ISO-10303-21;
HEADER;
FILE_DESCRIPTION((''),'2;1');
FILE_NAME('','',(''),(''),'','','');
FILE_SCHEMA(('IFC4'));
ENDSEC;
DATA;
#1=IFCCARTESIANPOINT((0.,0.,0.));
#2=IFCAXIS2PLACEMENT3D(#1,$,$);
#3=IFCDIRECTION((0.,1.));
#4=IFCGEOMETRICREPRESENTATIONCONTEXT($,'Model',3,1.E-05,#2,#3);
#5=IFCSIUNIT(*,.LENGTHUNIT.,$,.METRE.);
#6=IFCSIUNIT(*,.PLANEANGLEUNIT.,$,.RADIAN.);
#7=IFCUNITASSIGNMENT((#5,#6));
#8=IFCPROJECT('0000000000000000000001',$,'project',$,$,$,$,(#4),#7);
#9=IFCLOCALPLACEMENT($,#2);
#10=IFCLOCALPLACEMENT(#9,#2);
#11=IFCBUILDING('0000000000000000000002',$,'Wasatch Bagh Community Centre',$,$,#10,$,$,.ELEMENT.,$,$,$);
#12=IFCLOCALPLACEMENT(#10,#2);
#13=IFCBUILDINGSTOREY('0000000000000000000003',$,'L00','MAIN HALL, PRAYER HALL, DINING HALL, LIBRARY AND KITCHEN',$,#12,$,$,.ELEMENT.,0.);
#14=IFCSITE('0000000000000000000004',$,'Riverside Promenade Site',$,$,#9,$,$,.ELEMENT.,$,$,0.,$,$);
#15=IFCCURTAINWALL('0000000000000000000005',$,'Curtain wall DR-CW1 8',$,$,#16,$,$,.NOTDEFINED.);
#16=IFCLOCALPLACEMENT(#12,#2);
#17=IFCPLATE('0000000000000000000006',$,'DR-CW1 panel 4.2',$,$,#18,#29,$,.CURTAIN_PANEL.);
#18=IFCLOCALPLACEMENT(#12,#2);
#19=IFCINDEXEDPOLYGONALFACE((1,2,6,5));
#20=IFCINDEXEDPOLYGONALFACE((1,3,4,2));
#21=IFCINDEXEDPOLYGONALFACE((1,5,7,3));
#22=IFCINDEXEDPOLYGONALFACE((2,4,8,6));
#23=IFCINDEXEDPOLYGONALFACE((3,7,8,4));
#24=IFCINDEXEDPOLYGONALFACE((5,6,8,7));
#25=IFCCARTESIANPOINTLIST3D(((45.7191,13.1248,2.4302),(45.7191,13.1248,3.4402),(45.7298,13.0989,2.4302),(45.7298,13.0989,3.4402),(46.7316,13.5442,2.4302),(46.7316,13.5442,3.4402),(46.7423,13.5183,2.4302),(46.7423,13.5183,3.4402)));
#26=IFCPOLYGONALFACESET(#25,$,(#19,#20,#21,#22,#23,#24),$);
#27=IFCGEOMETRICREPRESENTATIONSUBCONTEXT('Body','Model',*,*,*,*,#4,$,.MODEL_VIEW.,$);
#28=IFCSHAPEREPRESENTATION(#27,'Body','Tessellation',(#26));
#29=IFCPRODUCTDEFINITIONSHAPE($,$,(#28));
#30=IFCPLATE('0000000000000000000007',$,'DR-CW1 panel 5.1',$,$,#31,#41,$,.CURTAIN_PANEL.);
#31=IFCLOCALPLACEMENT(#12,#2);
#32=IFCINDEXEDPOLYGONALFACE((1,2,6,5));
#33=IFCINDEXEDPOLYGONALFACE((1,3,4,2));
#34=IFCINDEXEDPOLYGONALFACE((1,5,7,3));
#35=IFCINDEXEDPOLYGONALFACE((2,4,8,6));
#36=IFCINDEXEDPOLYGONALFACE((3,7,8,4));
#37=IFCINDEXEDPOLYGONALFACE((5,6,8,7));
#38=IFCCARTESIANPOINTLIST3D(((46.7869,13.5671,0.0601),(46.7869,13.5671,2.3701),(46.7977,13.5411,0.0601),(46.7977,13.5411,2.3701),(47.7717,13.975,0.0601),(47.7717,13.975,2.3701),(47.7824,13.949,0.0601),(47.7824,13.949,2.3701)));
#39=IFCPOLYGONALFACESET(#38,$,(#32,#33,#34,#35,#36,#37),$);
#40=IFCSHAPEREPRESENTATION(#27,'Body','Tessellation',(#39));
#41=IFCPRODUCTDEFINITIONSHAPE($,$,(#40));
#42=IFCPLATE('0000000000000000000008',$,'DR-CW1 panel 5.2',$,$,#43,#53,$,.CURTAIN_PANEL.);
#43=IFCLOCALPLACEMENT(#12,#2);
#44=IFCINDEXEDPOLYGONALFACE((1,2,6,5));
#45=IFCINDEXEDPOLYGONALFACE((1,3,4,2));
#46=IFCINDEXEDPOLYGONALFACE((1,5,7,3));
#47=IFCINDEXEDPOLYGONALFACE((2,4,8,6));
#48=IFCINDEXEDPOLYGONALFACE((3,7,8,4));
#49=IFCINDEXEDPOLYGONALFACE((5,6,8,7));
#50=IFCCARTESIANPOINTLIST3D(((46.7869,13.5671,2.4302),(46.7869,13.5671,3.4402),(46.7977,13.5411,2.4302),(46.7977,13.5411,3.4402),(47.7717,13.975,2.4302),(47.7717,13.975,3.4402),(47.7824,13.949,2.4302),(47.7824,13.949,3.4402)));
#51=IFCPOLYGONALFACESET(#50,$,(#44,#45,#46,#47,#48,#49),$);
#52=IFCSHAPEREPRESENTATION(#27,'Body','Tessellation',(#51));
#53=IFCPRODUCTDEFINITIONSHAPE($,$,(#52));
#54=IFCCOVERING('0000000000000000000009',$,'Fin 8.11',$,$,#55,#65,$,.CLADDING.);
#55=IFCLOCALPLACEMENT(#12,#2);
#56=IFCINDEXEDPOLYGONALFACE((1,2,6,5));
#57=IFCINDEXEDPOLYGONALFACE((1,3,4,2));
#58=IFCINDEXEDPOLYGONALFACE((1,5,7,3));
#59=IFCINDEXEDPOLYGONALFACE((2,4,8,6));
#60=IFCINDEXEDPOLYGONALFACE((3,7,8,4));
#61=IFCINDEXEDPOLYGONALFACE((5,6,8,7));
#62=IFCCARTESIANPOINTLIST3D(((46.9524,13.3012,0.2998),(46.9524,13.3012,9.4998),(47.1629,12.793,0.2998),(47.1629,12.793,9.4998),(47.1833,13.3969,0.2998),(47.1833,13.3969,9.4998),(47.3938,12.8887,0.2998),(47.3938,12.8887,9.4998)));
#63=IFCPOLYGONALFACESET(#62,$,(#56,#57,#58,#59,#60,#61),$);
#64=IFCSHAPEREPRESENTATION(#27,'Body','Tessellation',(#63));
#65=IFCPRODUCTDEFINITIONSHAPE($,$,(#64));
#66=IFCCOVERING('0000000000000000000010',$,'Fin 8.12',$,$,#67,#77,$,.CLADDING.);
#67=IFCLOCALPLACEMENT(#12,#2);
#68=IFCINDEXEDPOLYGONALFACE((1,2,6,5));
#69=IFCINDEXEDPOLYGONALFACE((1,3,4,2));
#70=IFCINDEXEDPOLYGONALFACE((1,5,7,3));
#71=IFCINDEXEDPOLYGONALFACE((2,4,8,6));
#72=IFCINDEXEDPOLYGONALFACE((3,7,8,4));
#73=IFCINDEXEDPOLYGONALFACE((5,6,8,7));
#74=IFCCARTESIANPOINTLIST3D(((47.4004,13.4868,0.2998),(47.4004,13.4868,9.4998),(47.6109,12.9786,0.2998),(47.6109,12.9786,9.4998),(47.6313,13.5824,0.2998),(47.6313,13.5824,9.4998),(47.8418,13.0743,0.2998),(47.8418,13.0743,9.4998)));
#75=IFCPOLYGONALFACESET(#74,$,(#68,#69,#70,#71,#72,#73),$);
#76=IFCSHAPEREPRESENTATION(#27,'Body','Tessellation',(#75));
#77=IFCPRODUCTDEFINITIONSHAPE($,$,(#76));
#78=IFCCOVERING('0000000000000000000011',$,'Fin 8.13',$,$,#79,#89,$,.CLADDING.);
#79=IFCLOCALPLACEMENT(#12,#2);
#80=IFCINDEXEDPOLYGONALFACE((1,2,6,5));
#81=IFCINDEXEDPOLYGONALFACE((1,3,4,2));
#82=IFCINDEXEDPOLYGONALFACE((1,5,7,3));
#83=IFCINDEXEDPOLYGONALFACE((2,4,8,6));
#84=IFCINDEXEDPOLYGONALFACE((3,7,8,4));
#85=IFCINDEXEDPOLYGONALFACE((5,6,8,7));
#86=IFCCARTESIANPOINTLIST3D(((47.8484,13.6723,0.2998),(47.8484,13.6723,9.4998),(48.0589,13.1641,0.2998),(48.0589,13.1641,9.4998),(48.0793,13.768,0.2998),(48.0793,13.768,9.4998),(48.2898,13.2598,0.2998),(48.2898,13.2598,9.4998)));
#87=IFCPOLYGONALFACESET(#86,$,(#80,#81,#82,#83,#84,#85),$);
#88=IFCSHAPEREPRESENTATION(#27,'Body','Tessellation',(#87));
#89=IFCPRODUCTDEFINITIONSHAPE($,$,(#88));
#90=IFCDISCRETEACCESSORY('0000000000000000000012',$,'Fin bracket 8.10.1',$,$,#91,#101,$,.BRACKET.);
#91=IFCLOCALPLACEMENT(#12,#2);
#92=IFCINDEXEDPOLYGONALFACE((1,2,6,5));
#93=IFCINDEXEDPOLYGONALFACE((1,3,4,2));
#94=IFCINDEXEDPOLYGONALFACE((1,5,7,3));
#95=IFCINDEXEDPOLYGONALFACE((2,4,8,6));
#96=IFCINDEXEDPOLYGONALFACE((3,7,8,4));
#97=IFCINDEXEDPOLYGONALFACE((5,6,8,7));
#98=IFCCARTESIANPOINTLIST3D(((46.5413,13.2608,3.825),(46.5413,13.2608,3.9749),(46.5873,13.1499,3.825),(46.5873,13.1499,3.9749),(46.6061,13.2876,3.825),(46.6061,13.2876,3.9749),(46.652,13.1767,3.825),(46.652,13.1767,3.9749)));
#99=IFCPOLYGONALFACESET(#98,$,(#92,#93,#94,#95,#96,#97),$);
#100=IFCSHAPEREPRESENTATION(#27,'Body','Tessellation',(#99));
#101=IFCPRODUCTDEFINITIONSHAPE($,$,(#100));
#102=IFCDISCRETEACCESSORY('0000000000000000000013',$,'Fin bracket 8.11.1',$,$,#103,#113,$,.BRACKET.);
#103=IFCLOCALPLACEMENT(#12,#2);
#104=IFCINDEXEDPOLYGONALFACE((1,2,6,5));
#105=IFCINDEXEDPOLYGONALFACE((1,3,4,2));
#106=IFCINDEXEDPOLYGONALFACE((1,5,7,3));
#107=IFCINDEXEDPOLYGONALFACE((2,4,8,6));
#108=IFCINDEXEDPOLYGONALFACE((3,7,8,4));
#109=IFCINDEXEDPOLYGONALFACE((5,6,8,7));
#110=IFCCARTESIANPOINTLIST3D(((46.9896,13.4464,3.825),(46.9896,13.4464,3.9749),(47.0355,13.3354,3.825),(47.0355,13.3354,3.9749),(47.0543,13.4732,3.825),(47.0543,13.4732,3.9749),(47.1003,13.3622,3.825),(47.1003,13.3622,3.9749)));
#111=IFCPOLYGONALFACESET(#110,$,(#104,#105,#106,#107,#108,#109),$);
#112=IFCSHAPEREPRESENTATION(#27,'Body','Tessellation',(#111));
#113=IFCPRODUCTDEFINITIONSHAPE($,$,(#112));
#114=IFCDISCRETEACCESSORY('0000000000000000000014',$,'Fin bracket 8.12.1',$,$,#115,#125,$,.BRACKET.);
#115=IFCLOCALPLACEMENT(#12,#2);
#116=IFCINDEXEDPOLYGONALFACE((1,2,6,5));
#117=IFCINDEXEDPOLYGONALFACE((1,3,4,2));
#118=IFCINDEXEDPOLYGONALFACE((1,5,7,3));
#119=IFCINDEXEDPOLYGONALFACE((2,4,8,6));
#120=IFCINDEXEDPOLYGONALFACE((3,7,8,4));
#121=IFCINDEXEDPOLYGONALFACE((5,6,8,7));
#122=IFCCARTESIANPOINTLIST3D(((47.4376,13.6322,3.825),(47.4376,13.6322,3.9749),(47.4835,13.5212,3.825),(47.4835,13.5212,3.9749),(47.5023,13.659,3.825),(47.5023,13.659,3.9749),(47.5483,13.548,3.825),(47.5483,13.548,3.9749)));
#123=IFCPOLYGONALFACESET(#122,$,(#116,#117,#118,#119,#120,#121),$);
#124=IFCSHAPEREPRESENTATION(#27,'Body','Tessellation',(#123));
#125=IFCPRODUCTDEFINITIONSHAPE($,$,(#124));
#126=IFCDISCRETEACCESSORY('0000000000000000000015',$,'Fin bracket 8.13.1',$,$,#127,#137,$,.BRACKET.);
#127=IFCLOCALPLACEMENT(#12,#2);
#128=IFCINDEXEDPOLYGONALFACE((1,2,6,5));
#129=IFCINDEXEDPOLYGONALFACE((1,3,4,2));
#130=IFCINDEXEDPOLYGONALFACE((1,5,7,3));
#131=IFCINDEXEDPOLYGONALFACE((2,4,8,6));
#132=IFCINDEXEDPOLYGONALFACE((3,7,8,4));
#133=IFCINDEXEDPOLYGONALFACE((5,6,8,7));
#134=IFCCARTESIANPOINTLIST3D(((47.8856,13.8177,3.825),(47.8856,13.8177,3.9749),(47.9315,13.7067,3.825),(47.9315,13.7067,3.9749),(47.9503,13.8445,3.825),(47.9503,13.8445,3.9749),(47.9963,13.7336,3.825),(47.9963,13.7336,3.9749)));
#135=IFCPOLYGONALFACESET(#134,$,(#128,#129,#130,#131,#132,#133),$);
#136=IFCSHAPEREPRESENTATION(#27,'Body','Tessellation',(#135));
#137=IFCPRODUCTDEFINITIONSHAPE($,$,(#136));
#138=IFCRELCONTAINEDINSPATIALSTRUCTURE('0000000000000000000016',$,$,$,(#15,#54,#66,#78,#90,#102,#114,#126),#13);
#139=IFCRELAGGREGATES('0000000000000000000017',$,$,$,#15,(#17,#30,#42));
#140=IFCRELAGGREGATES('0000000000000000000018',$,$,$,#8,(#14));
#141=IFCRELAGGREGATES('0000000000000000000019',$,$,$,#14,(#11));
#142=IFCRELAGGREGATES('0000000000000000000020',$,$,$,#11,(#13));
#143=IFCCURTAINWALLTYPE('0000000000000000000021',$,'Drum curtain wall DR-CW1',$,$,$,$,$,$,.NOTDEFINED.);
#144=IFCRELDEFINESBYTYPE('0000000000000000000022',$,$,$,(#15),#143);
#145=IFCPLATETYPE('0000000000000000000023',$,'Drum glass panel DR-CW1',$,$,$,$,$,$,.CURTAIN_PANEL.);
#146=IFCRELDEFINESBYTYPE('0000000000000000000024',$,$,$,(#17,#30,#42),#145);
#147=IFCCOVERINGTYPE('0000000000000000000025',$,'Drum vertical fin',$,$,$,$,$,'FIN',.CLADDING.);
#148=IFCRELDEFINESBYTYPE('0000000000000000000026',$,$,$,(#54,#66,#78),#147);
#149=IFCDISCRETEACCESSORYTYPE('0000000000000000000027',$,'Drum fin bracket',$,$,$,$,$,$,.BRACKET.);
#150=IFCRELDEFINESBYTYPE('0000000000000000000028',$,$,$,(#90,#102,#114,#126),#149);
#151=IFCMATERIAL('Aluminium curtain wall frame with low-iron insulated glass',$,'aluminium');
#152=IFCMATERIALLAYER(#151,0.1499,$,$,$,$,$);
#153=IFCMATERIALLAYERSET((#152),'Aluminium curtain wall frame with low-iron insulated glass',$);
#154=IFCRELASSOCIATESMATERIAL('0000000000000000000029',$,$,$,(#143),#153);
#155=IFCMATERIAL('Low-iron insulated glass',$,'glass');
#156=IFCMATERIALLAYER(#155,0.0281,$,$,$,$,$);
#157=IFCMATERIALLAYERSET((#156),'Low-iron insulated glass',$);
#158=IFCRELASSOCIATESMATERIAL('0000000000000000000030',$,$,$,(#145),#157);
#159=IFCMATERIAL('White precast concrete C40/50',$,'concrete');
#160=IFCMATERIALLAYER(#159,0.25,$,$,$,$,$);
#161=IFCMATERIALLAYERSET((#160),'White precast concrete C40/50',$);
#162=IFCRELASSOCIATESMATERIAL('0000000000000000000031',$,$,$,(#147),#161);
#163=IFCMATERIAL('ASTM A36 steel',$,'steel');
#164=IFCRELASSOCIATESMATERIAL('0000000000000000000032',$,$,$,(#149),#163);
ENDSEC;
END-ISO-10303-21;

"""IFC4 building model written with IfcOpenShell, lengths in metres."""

from ifc_helpers import new_model, si_unit, direction, frame, origin, origin_2d, place, context, subcontext, project, spatial, rectangle, extrude, material, layer, layer_set, type_object, element, aggregate, save


model = new_model("IFC4")

# Units and contexts
model_context = context("Model", 3, precision=1e-05, world=origin(), true_north=direction((0.0, 1.0)))
body_context = subcontext(model_context, "Body", "Model", "MODEL_VIEW")
ifc_project = project(units=[si_unit("LENGTHUNIT", "METRE"), si_unit("PLANEANGLEUNIT", "RADIAN")], contexts=[model_context])

# Site, building, storey
site_placement = place(None, origin())
site = spatial("IfcSite", under=ifc_project, at=site_placement, Name="Riverside Promenade Site", CompositionType="ELEMENT", RefElevation=0.0)
building_placement = place(site_placement, origin())
building = spatial("IfcBuilding", under=site, at=building_placement, Name="Wasatch Bagh Community Centre", CompositionType="ELEMENT")
storey_placement = place(building_placement, origin())
storey = spatial("IfcBuildingStorey", under=building, at=storey_placement, Name="L00", Description="MAIN HALL, PRAYER HALL, DINING HALL, LIBRARY AND KITCHEN", CompositionType="ELEMENT", Elevation=0.0)

# Curtain wall, plates
ifc_material_1 = material(Name="Aluminium curtain wall frame with low-iron insulated glass", Category="aluminium")
ifc_layer_1 = layer(ifc_material_1, 0.1499)
ifc_layer_set_1 = layer_set([ifc_layer_1], Name="Aluminium curtain wall frame with low-iron insulated glass")
curtain_wall_type = type_object("IfcCurtainWallType", Name="Drum curtain wall DR-CW1", PredefinedType="NOTDEFINED", material=ifc_layer_set_1)
curtain_wall_placement = place(storey_placement, origin())
curtain_wall = element("IfcCurtainWall", 1, at=curtain_wall_placement, inside=storey, type_object=curtain_wall_type, Name="Curtain wall DR-CW1 8", PredefinedType="NOTDEFINED")
ifc_material_2 = material(Name="Low-iron insulated glass", Category="glass")
ifc_layer_2 = layer(ifc_material_2, 0.0281)
ifc_layer_set_2 = layer_set([ifc_layer_2], Name="Low-iron insulated glass")
plate_type = type_object("IfcPlateType", Name="Drum glass panel DR-CW1", PredefinedType="CURTAIN_PANEL", material=ifc_layer_set_2)
plate_1_placement = place(storey_placement, frame((46.2307, 13.3215, 2.4302), z_axis=(0.0, 0.0, 1.0), x_axis=(0.92388, 0.382683, 0.0)))
plate_1 = element("IfcPlate", 2, at=plate_1_placement, type_object=plate_type, Name="DR-CW1 panel 4.2", PredefinedType="CURTAIN_PANEL", context=body_context, shape_type="SweptSolid", body=[
    extrude(rectangle(XDim=1.0959, YDim=0.0281, at=origin_2d()), origin(), (0.0, 0.0, 1.0), 1.01),
])
plate_2_placement = place(storey_placement, frame((47.2847, 13.7581, 0.0601), z_axis=(0.0, 0.0, 1.0), x_axis=(0.92388, 0.382683, 0.0)))
plate_2 = element("IfcPlate", 3, at=plate_2_placement, type_object=plate_type, Name="DR-CW1 panel 5.1", PredefinedType="CURTAIN_PANEL", context=body_context, shape_type="SweptSolid", body=[
    extrude(rectangle(XDim=1.0659, YDim=0.0281, at=origin_2d()), origin(), (0.0, 0.0, 1.0), 2.3101),
])
plate_3_placement = place(storey_placement, frame((47.2847, 13.7581, 2.4302), z_axis=(0.0, 0.0, 1.0), x_axis=(0.92388, 0.382683, 0.0)))
plate_3 = element("IfcPlate", 4, at=plate_3_placement, type_object=plate_type, Name="DR-CW1 panel 5.2", PredefinedType="CURTAIN_PANEL", context=body_context, shape_type="SweptSolid", body=[
    extrude(rectangle(XDim=1.0659, YDim=0.0281, at=origin_2d()), origin(), (0.0, 0.0, 1.0), 1.01),
])
aggregate(curtain_wall, [plate_1, plate_2, plate_3])

# Coverings
ifc_material_3 = material(Name="White precast concrete C40/50", Category="concrete")
ifc_layer_3 = layer(ifc_material_3, 0.25)
ifc_layer_set_3 = layer_set([ifc_layer_3], Name="White precast concrete C40/50")
covering_type = type_object("IfcCoveringType", Name="Drum vertical fin", ElementType="FIN", PredefinedType="CLADDING", material=ifc_layer_set_3)
for number, where, z_axis, x_axis, name in (
    (5, (47.1731, 13.095, 0.2998), (0.0, 0.0, 1.0), (0.92388, 0.382683, 0.0), "Fin 8.11"),
    (6, (47.6211, 13.2805, 0.2998), (0.0, 0.0, 1.0), (0.92388, 0.382683, 0.0), "Fin 8.12"),
    (7, (48.0691, 13.4661, 0.2998), (0.0, 0.0, 1.0), (0.92388, 0.382683, 0.0), "Fin 8.13"),
):
    element("IfcCovering", number, at=place(storey_placement, frame(where, z_axis=z_axis, x_axis=x_axis)), inside=storey, type_object=covering_type, Name=name, PredefinedType="CLADDING", context=body_context, shape_type="SweptSolid", body=[
        extrude(rectangle(XDim=0.25, YDim=0.55, at=origin_2d()), origin(), (0.0, 0.0, 1.0), 9.2),
    ])

# Discrete accessories
ifc_material_4 = material(Name="ASTM A36 steel", Category="steel")
discrete_accessory_type = type_object("IfcDiscreteAccessoryType", Name="Drum fin bracket", PredefinedType="BRACKET", material=ifc_material_4)
for number, where, z_axis, x_axis, name in (
    (8, (46.5967, 13.2188, 3.825), (0.0, 0.0, 1.0), (0.92388, 0.382683, 0.0), "Fin bracket 8.10.1"),
    (9, (47.0449, 13.4043, 3.825), (0.0, 0.0, 1.0), (0.92388, 0.382683, 0.0), "Fin bracket 8.11.1"),
    (10, (47.4929, 13.5901, 3.825), (0.0, 0.0, 1.0), (0.92388, 0.382683, 0.0), "Fin bracket 8.12.1"),
    (11, (47.9409, 13.7756, 3.825), (0.0, 0.0, 1.0), (0.92388, 0.382683, 0.0), "Fin bracket 8.13.1"),
):
    element("IfcDiscreteAccessory", number, at=place(storey_placement, frame(where, z_axis=z_axis, x_axis=x_axis)), inside=storey, type_object=discrete_accessory_type, Name=name, PredefinedType="BRACKET", context=body_context, shape_type="SweptSolid", body=[
        extrude(rectangle(XDim=0.0701, YDim=0.1201, at=origin_2d()), origin(), (0.0, 0.0, 1.0), 0.1499),
    ])

save(model, "model.ifc")
